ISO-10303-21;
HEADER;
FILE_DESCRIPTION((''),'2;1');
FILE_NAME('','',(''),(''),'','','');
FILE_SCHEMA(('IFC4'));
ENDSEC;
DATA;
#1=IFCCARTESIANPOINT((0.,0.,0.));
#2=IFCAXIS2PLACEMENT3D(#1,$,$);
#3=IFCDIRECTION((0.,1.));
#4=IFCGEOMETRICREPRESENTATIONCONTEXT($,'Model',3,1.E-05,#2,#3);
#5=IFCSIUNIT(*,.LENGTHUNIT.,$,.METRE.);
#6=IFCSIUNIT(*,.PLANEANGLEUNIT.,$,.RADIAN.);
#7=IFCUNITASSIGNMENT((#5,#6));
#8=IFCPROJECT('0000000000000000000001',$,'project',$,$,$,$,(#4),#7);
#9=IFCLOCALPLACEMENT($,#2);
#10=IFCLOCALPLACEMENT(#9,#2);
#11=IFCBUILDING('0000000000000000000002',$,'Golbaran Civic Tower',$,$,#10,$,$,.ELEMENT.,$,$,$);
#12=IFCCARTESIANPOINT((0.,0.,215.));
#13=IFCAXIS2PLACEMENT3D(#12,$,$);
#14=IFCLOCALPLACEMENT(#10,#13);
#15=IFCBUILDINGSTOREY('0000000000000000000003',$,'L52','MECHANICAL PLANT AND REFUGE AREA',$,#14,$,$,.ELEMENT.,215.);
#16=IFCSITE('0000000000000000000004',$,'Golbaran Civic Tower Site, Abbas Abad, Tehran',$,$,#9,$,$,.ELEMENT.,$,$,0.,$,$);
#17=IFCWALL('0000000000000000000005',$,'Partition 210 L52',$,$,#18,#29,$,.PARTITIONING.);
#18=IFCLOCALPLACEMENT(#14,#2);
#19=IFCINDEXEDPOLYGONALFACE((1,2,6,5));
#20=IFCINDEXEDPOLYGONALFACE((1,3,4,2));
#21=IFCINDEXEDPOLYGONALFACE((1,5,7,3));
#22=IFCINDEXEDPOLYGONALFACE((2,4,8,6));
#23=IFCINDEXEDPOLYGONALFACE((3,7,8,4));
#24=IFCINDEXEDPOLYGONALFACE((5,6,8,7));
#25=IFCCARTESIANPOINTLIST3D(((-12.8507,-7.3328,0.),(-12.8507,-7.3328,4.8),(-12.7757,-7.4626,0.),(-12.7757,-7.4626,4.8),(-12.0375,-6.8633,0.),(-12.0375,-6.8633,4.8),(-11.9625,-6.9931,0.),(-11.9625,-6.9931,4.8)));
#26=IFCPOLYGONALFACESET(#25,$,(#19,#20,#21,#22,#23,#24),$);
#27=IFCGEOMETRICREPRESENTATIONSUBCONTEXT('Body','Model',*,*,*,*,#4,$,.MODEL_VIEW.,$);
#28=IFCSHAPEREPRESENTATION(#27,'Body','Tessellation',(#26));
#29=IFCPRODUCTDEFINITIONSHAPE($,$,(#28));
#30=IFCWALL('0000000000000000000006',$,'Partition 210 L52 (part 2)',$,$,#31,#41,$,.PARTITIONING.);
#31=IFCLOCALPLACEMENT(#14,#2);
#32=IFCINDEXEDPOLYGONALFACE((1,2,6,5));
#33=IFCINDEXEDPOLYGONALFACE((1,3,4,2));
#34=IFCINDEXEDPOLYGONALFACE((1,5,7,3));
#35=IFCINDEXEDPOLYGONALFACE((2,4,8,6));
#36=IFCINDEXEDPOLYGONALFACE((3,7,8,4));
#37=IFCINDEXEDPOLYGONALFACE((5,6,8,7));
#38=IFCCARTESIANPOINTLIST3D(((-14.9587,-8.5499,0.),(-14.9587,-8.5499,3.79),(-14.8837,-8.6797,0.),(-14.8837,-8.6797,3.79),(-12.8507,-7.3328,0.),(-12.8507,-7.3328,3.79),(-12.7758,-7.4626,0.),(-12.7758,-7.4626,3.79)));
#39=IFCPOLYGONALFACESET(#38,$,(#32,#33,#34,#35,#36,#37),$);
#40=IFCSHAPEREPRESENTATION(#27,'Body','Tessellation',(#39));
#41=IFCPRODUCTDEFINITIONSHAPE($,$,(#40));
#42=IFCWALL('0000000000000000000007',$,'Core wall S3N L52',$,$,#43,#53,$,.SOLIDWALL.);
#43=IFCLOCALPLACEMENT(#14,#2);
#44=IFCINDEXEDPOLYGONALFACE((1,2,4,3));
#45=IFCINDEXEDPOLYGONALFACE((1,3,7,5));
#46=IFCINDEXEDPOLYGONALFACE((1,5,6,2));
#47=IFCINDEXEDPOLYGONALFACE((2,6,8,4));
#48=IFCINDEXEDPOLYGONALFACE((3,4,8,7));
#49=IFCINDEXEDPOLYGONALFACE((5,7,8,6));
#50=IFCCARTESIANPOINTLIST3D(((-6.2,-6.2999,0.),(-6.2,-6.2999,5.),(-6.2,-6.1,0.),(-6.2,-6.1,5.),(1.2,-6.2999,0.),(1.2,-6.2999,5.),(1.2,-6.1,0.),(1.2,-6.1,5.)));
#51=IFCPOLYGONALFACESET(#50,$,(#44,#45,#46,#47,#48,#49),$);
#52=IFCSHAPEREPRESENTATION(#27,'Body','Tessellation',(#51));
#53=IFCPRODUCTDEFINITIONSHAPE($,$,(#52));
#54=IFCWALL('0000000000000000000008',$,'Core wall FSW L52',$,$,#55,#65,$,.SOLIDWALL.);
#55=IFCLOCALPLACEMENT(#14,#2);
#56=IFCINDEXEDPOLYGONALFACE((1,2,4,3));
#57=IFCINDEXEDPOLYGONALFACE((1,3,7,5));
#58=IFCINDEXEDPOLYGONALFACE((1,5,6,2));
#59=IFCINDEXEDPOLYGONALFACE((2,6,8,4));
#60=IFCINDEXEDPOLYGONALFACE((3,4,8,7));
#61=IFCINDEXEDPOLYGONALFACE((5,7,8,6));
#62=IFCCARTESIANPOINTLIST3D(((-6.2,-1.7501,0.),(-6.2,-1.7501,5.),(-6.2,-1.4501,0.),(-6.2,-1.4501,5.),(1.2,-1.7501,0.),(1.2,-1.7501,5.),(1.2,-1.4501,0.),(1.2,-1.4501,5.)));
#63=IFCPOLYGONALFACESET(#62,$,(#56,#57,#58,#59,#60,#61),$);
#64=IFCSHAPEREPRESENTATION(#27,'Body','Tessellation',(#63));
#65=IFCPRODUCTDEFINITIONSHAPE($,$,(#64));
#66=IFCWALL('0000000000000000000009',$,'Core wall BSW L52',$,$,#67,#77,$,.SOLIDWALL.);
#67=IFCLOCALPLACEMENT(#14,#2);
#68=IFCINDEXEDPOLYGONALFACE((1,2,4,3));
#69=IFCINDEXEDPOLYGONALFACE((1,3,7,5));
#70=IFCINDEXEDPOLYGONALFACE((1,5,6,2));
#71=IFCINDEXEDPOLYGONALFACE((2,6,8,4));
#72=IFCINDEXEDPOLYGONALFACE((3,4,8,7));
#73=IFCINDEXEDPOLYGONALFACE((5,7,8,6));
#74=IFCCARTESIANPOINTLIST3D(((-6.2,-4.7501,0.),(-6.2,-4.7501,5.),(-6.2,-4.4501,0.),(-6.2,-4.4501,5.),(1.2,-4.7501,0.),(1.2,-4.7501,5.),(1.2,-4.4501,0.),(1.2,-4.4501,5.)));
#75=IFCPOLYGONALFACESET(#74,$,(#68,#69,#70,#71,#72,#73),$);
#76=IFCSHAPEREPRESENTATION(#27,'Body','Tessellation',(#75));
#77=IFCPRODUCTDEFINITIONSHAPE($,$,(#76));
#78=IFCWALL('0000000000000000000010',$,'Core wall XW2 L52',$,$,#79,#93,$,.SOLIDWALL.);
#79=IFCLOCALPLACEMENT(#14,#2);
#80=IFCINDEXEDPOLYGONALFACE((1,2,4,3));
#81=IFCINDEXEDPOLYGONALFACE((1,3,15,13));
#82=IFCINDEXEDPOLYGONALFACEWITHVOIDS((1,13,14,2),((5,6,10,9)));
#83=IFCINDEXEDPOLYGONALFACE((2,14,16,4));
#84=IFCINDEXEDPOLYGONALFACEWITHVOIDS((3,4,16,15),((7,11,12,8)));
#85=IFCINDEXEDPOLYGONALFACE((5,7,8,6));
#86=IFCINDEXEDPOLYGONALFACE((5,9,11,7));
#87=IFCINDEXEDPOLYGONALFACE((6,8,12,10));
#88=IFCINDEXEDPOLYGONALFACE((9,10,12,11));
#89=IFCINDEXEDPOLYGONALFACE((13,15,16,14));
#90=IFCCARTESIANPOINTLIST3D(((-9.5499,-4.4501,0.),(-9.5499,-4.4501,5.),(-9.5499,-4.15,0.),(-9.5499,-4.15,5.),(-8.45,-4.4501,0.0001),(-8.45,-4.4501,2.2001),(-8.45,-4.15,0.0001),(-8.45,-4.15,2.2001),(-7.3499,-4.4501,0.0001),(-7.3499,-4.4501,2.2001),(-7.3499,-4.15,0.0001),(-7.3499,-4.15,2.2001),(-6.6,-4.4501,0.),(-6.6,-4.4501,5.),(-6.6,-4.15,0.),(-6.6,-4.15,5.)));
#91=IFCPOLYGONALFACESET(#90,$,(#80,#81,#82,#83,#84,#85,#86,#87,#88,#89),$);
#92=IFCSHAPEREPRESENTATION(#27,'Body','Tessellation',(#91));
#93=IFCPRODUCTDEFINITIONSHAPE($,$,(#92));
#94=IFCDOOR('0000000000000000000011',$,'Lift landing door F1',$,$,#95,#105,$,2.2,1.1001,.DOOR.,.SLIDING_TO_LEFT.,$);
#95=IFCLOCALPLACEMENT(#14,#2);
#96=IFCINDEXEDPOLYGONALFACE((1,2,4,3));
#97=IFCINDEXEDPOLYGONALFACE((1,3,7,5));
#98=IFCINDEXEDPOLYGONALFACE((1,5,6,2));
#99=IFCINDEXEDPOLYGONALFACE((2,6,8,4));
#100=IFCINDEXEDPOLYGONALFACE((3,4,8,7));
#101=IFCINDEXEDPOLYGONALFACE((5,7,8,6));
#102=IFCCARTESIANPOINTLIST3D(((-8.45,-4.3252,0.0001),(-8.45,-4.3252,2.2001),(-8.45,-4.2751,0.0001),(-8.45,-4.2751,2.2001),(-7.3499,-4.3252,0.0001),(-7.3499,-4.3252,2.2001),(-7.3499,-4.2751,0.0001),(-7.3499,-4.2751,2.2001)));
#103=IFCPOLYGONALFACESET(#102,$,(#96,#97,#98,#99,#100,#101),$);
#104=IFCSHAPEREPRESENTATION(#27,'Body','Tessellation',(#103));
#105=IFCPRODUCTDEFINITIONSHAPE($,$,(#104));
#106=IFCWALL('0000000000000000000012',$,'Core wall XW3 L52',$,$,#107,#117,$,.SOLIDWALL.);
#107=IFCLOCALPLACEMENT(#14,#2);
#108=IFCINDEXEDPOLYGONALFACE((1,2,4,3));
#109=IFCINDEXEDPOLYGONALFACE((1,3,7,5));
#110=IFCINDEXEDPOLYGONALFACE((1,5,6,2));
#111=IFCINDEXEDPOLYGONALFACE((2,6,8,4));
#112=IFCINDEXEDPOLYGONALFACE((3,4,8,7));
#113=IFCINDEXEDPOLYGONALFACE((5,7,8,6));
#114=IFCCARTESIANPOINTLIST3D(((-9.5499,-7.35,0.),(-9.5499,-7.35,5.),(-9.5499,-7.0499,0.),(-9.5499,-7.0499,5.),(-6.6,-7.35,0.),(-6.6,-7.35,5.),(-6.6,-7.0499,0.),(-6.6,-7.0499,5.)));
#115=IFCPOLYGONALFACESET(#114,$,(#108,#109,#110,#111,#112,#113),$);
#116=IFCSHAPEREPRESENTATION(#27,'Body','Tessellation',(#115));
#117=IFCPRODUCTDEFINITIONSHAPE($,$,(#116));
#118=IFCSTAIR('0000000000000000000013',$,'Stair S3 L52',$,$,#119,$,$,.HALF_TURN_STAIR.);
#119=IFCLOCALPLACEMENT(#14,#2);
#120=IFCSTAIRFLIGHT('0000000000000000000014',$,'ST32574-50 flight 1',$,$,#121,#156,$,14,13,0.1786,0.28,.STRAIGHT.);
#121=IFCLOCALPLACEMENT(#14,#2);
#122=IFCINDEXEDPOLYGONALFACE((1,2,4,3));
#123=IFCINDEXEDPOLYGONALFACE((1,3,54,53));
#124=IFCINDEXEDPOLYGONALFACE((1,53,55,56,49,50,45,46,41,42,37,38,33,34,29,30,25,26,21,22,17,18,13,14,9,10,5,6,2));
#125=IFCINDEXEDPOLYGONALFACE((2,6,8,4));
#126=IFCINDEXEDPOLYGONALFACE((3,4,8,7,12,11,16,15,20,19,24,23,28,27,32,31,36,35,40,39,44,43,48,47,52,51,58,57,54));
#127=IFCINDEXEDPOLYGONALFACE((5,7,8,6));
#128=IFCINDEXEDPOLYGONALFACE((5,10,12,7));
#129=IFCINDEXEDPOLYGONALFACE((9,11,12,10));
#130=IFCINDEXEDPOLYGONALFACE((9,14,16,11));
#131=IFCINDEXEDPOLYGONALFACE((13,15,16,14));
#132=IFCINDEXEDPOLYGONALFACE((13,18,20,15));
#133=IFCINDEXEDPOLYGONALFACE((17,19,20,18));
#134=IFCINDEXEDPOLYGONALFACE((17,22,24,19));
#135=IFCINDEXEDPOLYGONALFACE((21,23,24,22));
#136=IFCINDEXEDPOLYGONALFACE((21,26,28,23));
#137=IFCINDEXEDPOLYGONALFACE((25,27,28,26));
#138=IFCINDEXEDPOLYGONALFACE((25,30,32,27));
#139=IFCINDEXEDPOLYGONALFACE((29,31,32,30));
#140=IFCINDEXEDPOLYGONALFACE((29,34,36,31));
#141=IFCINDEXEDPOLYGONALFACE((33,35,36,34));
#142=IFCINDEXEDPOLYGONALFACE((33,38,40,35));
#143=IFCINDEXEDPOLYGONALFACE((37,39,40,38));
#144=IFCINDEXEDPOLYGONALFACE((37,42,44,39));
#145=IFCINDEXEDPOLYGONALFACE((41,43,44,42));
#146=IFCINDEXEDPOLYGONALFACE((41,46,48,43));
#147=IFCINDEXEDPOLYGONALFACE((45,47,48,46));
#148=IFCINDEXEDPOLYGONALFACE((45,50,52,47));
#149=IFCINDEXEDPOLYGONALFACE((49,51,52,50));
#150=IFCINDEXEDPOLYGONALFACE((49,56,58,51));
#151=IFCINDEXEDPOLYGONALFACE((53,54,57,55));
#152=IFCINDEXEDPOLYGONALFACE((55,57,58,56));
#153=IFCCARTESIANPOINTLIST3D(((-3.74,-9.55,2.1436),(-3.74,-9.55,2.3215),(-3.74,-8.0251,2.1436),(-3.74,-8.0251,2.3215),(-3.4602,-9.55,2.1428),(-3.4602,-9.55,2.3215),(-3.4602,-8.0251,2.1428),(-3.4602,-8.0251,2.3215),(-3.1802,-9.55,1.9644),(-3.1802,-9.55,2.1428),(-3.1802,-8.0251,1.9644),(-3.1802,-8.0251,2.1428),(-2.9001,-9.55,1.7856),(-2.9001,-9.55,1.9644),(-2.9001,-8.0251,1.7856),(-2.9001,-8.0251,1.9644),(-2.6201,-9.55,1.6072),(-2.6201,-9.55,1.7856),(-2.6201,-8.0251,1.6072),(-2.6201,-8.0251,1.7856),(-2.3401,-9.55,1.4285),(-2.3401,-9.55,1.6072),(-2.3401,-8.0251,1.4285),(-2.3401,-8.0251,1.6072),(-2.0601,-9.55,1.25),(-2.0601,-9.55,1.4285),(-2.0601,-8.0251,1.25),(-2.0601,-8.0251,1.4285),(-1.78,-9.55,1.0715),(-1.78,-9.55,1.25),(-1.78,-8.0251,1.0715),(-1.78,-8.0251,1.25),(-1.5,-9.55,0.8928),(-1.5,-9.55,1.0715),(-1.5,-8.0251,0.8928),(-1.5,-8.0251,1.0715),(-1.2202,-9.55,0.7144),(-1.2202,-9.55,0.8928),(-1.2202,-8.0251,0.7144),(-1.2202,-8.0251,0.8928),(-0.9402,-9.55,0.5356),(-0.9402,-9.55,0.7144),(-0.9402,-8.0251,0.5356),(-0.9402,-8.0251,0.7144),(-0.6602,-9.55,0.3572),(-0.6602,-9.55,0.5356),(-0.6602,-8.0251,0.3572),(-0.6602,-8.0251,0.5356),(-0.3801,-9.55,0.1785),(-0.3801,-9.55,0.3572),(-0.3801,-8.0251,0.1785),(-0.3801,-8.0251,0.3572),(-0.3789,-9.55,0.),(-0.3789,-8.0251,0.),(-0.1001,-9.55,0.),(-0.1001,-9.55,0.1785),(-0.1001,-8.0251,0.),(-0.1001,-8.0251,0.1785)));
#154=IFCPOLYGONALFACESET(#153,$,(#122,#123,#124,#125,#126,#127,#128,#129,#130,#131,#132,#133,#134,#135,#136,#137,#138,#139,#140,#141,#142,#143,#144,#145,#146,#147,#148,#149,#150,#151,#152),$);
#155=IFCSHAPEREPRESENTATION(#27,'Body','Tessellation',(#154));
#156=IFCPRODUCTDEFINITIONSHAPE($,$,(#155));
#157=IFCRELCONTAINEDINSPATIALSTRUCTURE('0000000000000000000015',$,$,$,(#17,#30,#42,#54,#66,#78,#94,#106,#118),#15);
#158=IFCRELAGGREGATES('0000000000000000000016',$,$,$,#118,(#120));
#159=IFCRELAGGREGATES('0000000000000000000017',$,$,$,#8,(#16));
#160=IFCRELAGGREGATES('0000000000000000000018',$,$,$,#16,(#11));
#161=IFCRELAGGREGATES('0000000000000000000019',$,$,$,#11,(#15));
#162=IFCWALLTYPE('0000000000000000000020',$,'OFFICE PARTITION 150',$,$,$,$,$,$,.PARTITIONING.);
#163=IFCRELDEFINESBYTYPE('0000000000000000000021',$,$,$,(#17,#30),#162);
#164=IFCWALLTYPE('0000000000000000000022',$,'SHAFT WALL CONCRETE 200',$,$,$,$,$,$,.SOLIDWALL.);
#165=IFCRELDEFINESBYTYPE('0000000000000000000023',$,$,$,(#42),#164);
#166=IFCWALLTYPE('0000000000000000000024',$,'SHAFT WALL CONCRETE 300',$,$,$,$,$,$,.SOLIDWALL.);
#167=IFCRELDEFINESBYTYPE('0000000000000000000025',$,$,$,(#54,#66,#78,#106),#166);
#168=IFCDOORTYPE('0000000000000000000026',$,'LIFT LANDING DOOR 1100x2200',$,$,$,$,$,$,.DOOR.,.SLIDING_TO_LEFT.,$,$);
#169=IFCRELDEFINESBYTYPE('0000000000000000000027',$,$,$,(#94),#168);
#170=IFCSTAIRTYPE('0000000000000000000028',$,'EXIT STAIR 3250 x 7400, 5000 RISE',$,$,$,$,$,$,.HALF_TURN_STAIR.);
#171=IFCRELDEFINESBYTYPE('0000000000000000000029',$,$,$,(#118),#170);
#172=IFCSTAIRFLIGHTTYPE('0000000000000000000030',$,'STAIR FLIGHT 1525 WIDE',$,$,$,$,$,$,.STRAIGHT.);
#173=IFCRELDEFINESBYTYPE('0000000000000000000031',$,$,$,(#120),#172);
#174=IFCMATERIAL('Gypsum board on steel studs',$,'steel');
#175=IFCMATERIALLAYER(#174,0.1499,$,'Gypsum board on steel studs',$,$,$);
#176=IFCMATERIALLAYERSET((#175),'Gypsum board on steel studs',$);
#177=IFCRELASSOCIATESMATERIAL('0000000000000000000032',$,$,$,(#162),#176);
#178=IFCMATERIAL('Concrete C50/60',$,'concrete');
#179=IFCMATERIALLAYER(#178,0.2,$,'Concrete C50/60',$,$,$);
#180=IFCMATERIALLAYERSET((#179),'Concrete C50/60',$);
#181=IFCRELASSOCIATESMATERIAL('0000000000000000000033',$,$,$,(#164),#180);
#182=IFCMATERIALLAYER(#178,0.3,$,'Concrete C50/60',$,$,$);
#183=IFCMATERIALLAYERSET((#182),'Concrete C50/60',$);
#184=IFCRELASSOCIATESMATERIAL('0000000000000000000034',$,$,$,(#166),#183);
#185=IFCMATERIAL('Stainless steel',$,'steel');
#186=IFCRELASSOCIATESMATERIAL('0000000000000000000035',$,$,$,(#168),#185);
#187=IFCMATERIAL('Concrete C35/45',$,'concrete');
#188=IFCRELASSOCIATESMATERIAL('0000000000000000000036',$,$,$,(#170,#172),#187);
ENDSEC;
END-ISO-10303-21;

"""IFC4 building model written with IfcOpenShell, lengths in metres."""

from ifc_helpers import new_model, si_unit, direction, frame, frame_2d, origin, place, context, subcontext, project, spatial, polyline, rectangle, outline, extrude, material, layer, layer_set, type_object, element, fill, aggregate, save


model = new_model("IFC4")

# Units and contexts
model_context = context("Model", 3, precision=1e-05, world=origin(), true_north=direction((0.0, 1.0)))
body_context = subcontext(model_context, "Body", "Model", "MODEL_VIEW")
ifc_project = project(units=[si_unit("LENGTHUNIT", "METRE"), si_unit("PLANEANGLEUNIT", "RADIAN")], contexts=[model_context])

# Site, building, storey
site_placement = place(None, origin())
site = spatial("IfcSite", under=ifc_project, at=site_placement, Name="Golbaran Civic Tower Site, Abbas Abad, Tehran", CompositionType="ELEMENT", RefElevation=0.0)
building_placement = place(site_placement, origin())
building = spatial("IfcBuilding", under=site, at=building_placement, Name="Golbaran Civic Tower", CompositionType="ELEMENT")
storey_placement = place(building_placement, frame((0.0, 0.0, 215.0)))
storey = spatial("IfcBuildingStorey", under=building, at=storey_placement, Name="L52", Description="MECHANICAL PLANT AND REFUGE AREA", CompositionType="ELEMENT", Elevation=215.0)

# Shared definitions
ifc_material_1 = material(Name="Concrete C50/60", Category="concrete")

# Walls
ifc_material_2 = material(Name="Gypsum board on steel studs", Category="steel")
ifc_layer_1 = layer(ifc_material_2, 0.1499, Name="Gypsum board on steel studs")
ifc_layer_set_1 = layer_set([ifc_layer_1], Name="Gypsum board on steel studs")
wall_type_1 = type_object("IfcWallType", Name="OFFICE PARTITION 150", PredefinedType="PARTITIONING", material=ifc_layer_set_1)
wall_1_placement = place(storey_placement, frame((-12.0, -6.9282, 0.0), z_axis=(0.0, 0.0, 1.0), x_axis=(-0.866043, -0.49997, 0.0)))
element("IfcWall", 1, at=wall_1_placement, inside=storey, type_object=wall_type_1, Name="Partition 210 L52", PredefinedType="PARTITIONING", context=body_context, shape_type="SweptSolid", body=[
    extrude(rectangle(XDim=0.939, YDim=0.1499, at=frame_2d((0.4695, 0.0))), origin(), (0.0, 0.0, 1.0), 4.8),
])
wall_2_placement = place(storey_placement, frame((-12.8132, -7.3977, 0.0), z_axis=(0.0, 0.0, 1.0), x_axis=(-0.866019, -0.500012, 0.0)))
element("IfcWall", 2, at=wall_2_placement, inside=storey, type_object=wall_type_1, Name="Partition 210 L52 (part 2)", PredefinedType="PARTITIONING", context=body_context, shape_type="SweptSolid", body=[
    extrude(rectangle(XDim=2.4341, YDim=0.1499, at=frame_2d((1.217, 0.0))), origin(), (0.0, 0.0, 1.0), 3.79),
])
ifc_layer_2 = layer(ifc_material_1, 0.2, Name="Concrete C50/60")
ifc_layer_set_2 = layer_set([ifc_layer_2], Name="Concrete C50/60")
wall_type_2 = type_object("IfcWallType", Name="SHAFT WALL CONCRETE 200", PredefinedType="SOLIDWALL", material=ifc_layer_set_2)
wall_3_placement = place(storey_placement, frame((-6.2, -6.2, 0.0), z_axis=(0.0, 0.0, 1.0), x_axis=(1.0, 0.0, 0.0)))
element("IfcWall", 3, at=wall_3_placement, inside=storey, type_object=wall_type_2, Name="Core wall S3N L52", PredefinedType="SOLIDWALL", context=body_context, shape_type="SweptSolid", body=[
    extrude(rectangle(XDim=7.3999, YDim=0.2, at=frame_2d((3.7, 0.0))), origin(), (0.0, 0.0, 1.0), 5.0),
])
ifc_layer_3 = layer(ifc_material_1, 0.3, Name="Concrete C50/60")
ifc_layer_set_3 = layer_set([ifc_layer_3], Name="Concrete C50/60")
wall_type_3 = type_object("IfcWallType", Name="SHAFT WALL CONCRETE 300", PredefinedType="SOLIDWALL", material=ifc_layer_set_3)
for number, where, z_axis, x_axis, name in (
    (4, (-6.2, -1.6001, 0.0), (0.0, 0.0, 1.0), (1.0, 0.0, 0.0), "Core wall FSW L52"),
    (5, (-6.2, -4.6001, 0.0), (0.0, 0.0, 1.0), (1.0, 0.0, 0.0), "Core wall BSW L52"),
):
    element("IfcWall", number, at=place(storey_placement, frame(where, z_axis=z_axis, x_axis=x_axis)), inside=storey, type_object=wall_type_3, Name=name, PredefinedType="SOLIDWALL", context=body_context, shape_type="SweptSolid", body=[
        extrude(rectangle(XDim=7.3999, YDim=0.3, at=frame_2d((3.7, 0.0))), origin(), (0.0, 0.0, 1.0), 5.0),
    ])

# Wall, opening, door
wall_4_placement = place(storey_placement, frame((-9.55, -4.3, 0.0), z_axis=(0.0, 0.0, 1.0), x_axis=(1.0, 0.0, 0.0)))
wall_4 = element("IfcWall", 6, at=wall_4_placement, inside=storey, type_object=wall_type_3, Name="Core wall XW2 L52", PredefinedType="SOLIDWALL", context=body_context, shape_type="SweptSolid", body=[
    extrude(rectangle(XDim=2.95, YDim=0.3, at=frame_2d((1.4751, 0.0))), origin(), (0.0, 0.0, 1.0), 5.0),
])
opening_1_placement = place(wall_4_placement, frame((1.1001, 0.0, 0.0)))
opening_1 = element("IfcOpeningElement", 7, at=opening_1_placement, cuts=wall_4, PredefinedType="OPENING", context=body_context, shape_type="SweptSolid", body=[
    extrude(rectangle(XDim=1.1001, YDim=2.2, at=frame_2d((0.55, 1.1001))), frame((0.0, 0.1599, 0.0), z_axis=(0.0, -1.0, 0.0), x_axis=(1.0, 0.0, 0.0)), (0.0, 0.0, 1.0), 0.3201),
])
ifc_material_3 = material(Name="Stainless steel", Category="steel")
door_type_1 = type_object("IfcDoorType", Name="LIFT LANDING DOOR 1100x2200", OperationType="SLIDING_TO_LEFT", PredefinedType="DOOR", material=ifc_material_3)
door_1_placement = place(opening_1_placement, origin())
door_1 = element("IfcDoor", 8, at=door_1_placement, inside=storey, type_object=door_type_1, Name="Lift landing door F1", OperationType="SLIDING_TO_LEFT", OverallHeight=2.2, OverallWidth=1.1001, PredefinedType="DOOR", context=body_context, shape_type="SweptSolid", body=[
    extrude(rectangle(XDim=1.1001, YDim=2.2, at=frame_2d((0.55, 1.1001))), frame((0.0, 0.0249, 0.0), z_axis=(0.0, -1.0, 0.0), x_axis=(1.0, 0.0, 0.0)), (0.0, 0.0, 1.0), 0.05),
])
fill(opening_1, door_1)

# Wall
wall_5_placement = place(storey_placement, frame((-9.55, -7.2, 0.0), z_axis=(0.0, 0.0, 1.0), x_axis=(1.0, 0.0, 0.0)))
element("IfcWall", 9, at=wall_5_placement, inside=storey, type_object=wall_type_3, Name="Core wall XW3 L52", PredefinedType="SOLIDWALL", context=body_context, shape_type="SweptSolid", body=[
    extrude(rectangle(XDim=2.95, YDim=0.3, at=frame_2d((1.4751, 0.0))), origin(), (0.0, 0.0, 1.0), 5.0),
])

# Stair, stair flight
ifc_material_4 = material(Name="Concrete C35/45", Category="concrete")
stair_type = type_object("IfcStairType", Name="EXIT STAIR 3250 x 7400, 5000 RISE", PredefinedType="HALF_TURN_STAIR", material=ifc_material_4)
stair_placement = place(storey_placement, origin())
stair = element("IfcStair", 10, at=stair_placement, inside=storey, type_object=stair_type, Name="Stair S3 L52", PredefinedType="HALF_TURN_STAIR")
stair_flight_type = type_object("IfcStairFlightType", Name="STAIR FLIGHT 1525 WIDE", PredefinedType="STRAIGHT", material=ifc_material_4)
stair_flight_1_placement = place(storey_placement, frame((-0.1001, -8.7876, 0.0), z_axis=(0.0, 0.0, 1.0), x_axis=(-1.0, 0.0, 0.0)))
stair_flight_1 = element("IfcStairFlight", 11, at=stair_flight_1_placement, type_object=stair_flight_type, Name="ST32574-50 flight 1", NumberOfRisers=14, NumberOfTreads=13, PredefinedType="STRAIGHT", RiserHeight=0.1786, TreadLength=0.28, context=body_context, shape_type="SweptSolid", body=[
    extrude(outline(polyline([(0.0, 0.0), (0.0, 0.1785), (0.28, 0.1785), (0.28, 0.3572), (0.5601, 0.3572), (0.5601, 0.5356), (0.8401, 0.5356), (0.8401, 0.7144), (1.1201, 0.7144), (1.1201, 0.8928), (1.3999, 0.8928), (1.3999, 1.0715), (1.6799, 1.0715), (1.6799, 1.25), (1.96, 1.25), (1.96, 1.4285), (2.24, 1.4285), (2.24, 1.6072), (2.52, 1.6072), (2.52, 1.7856), (2.8, 1.7856), (2.8, 1.9644), (3.0801, 1.9644), (3.0801, 2.1428), (3.3601, 2.1428), (3.3601, 2.3215), (3.6399, 2.3215), (3.6399, 2.5), (3.6399, 2.1436), (0.2788, 0.0), (0.0, 0.0)])), frame((0.0, 0.7625, 0.0), z_axis=(0.0, -1.0, 0.0), x_axis=(1.0, 0.0, 0.0)), (0.0, 0.0, 1.0), 1.5249),
])
aggregate(stair, [stair_flight_1])

save(model, "model.ifc")
